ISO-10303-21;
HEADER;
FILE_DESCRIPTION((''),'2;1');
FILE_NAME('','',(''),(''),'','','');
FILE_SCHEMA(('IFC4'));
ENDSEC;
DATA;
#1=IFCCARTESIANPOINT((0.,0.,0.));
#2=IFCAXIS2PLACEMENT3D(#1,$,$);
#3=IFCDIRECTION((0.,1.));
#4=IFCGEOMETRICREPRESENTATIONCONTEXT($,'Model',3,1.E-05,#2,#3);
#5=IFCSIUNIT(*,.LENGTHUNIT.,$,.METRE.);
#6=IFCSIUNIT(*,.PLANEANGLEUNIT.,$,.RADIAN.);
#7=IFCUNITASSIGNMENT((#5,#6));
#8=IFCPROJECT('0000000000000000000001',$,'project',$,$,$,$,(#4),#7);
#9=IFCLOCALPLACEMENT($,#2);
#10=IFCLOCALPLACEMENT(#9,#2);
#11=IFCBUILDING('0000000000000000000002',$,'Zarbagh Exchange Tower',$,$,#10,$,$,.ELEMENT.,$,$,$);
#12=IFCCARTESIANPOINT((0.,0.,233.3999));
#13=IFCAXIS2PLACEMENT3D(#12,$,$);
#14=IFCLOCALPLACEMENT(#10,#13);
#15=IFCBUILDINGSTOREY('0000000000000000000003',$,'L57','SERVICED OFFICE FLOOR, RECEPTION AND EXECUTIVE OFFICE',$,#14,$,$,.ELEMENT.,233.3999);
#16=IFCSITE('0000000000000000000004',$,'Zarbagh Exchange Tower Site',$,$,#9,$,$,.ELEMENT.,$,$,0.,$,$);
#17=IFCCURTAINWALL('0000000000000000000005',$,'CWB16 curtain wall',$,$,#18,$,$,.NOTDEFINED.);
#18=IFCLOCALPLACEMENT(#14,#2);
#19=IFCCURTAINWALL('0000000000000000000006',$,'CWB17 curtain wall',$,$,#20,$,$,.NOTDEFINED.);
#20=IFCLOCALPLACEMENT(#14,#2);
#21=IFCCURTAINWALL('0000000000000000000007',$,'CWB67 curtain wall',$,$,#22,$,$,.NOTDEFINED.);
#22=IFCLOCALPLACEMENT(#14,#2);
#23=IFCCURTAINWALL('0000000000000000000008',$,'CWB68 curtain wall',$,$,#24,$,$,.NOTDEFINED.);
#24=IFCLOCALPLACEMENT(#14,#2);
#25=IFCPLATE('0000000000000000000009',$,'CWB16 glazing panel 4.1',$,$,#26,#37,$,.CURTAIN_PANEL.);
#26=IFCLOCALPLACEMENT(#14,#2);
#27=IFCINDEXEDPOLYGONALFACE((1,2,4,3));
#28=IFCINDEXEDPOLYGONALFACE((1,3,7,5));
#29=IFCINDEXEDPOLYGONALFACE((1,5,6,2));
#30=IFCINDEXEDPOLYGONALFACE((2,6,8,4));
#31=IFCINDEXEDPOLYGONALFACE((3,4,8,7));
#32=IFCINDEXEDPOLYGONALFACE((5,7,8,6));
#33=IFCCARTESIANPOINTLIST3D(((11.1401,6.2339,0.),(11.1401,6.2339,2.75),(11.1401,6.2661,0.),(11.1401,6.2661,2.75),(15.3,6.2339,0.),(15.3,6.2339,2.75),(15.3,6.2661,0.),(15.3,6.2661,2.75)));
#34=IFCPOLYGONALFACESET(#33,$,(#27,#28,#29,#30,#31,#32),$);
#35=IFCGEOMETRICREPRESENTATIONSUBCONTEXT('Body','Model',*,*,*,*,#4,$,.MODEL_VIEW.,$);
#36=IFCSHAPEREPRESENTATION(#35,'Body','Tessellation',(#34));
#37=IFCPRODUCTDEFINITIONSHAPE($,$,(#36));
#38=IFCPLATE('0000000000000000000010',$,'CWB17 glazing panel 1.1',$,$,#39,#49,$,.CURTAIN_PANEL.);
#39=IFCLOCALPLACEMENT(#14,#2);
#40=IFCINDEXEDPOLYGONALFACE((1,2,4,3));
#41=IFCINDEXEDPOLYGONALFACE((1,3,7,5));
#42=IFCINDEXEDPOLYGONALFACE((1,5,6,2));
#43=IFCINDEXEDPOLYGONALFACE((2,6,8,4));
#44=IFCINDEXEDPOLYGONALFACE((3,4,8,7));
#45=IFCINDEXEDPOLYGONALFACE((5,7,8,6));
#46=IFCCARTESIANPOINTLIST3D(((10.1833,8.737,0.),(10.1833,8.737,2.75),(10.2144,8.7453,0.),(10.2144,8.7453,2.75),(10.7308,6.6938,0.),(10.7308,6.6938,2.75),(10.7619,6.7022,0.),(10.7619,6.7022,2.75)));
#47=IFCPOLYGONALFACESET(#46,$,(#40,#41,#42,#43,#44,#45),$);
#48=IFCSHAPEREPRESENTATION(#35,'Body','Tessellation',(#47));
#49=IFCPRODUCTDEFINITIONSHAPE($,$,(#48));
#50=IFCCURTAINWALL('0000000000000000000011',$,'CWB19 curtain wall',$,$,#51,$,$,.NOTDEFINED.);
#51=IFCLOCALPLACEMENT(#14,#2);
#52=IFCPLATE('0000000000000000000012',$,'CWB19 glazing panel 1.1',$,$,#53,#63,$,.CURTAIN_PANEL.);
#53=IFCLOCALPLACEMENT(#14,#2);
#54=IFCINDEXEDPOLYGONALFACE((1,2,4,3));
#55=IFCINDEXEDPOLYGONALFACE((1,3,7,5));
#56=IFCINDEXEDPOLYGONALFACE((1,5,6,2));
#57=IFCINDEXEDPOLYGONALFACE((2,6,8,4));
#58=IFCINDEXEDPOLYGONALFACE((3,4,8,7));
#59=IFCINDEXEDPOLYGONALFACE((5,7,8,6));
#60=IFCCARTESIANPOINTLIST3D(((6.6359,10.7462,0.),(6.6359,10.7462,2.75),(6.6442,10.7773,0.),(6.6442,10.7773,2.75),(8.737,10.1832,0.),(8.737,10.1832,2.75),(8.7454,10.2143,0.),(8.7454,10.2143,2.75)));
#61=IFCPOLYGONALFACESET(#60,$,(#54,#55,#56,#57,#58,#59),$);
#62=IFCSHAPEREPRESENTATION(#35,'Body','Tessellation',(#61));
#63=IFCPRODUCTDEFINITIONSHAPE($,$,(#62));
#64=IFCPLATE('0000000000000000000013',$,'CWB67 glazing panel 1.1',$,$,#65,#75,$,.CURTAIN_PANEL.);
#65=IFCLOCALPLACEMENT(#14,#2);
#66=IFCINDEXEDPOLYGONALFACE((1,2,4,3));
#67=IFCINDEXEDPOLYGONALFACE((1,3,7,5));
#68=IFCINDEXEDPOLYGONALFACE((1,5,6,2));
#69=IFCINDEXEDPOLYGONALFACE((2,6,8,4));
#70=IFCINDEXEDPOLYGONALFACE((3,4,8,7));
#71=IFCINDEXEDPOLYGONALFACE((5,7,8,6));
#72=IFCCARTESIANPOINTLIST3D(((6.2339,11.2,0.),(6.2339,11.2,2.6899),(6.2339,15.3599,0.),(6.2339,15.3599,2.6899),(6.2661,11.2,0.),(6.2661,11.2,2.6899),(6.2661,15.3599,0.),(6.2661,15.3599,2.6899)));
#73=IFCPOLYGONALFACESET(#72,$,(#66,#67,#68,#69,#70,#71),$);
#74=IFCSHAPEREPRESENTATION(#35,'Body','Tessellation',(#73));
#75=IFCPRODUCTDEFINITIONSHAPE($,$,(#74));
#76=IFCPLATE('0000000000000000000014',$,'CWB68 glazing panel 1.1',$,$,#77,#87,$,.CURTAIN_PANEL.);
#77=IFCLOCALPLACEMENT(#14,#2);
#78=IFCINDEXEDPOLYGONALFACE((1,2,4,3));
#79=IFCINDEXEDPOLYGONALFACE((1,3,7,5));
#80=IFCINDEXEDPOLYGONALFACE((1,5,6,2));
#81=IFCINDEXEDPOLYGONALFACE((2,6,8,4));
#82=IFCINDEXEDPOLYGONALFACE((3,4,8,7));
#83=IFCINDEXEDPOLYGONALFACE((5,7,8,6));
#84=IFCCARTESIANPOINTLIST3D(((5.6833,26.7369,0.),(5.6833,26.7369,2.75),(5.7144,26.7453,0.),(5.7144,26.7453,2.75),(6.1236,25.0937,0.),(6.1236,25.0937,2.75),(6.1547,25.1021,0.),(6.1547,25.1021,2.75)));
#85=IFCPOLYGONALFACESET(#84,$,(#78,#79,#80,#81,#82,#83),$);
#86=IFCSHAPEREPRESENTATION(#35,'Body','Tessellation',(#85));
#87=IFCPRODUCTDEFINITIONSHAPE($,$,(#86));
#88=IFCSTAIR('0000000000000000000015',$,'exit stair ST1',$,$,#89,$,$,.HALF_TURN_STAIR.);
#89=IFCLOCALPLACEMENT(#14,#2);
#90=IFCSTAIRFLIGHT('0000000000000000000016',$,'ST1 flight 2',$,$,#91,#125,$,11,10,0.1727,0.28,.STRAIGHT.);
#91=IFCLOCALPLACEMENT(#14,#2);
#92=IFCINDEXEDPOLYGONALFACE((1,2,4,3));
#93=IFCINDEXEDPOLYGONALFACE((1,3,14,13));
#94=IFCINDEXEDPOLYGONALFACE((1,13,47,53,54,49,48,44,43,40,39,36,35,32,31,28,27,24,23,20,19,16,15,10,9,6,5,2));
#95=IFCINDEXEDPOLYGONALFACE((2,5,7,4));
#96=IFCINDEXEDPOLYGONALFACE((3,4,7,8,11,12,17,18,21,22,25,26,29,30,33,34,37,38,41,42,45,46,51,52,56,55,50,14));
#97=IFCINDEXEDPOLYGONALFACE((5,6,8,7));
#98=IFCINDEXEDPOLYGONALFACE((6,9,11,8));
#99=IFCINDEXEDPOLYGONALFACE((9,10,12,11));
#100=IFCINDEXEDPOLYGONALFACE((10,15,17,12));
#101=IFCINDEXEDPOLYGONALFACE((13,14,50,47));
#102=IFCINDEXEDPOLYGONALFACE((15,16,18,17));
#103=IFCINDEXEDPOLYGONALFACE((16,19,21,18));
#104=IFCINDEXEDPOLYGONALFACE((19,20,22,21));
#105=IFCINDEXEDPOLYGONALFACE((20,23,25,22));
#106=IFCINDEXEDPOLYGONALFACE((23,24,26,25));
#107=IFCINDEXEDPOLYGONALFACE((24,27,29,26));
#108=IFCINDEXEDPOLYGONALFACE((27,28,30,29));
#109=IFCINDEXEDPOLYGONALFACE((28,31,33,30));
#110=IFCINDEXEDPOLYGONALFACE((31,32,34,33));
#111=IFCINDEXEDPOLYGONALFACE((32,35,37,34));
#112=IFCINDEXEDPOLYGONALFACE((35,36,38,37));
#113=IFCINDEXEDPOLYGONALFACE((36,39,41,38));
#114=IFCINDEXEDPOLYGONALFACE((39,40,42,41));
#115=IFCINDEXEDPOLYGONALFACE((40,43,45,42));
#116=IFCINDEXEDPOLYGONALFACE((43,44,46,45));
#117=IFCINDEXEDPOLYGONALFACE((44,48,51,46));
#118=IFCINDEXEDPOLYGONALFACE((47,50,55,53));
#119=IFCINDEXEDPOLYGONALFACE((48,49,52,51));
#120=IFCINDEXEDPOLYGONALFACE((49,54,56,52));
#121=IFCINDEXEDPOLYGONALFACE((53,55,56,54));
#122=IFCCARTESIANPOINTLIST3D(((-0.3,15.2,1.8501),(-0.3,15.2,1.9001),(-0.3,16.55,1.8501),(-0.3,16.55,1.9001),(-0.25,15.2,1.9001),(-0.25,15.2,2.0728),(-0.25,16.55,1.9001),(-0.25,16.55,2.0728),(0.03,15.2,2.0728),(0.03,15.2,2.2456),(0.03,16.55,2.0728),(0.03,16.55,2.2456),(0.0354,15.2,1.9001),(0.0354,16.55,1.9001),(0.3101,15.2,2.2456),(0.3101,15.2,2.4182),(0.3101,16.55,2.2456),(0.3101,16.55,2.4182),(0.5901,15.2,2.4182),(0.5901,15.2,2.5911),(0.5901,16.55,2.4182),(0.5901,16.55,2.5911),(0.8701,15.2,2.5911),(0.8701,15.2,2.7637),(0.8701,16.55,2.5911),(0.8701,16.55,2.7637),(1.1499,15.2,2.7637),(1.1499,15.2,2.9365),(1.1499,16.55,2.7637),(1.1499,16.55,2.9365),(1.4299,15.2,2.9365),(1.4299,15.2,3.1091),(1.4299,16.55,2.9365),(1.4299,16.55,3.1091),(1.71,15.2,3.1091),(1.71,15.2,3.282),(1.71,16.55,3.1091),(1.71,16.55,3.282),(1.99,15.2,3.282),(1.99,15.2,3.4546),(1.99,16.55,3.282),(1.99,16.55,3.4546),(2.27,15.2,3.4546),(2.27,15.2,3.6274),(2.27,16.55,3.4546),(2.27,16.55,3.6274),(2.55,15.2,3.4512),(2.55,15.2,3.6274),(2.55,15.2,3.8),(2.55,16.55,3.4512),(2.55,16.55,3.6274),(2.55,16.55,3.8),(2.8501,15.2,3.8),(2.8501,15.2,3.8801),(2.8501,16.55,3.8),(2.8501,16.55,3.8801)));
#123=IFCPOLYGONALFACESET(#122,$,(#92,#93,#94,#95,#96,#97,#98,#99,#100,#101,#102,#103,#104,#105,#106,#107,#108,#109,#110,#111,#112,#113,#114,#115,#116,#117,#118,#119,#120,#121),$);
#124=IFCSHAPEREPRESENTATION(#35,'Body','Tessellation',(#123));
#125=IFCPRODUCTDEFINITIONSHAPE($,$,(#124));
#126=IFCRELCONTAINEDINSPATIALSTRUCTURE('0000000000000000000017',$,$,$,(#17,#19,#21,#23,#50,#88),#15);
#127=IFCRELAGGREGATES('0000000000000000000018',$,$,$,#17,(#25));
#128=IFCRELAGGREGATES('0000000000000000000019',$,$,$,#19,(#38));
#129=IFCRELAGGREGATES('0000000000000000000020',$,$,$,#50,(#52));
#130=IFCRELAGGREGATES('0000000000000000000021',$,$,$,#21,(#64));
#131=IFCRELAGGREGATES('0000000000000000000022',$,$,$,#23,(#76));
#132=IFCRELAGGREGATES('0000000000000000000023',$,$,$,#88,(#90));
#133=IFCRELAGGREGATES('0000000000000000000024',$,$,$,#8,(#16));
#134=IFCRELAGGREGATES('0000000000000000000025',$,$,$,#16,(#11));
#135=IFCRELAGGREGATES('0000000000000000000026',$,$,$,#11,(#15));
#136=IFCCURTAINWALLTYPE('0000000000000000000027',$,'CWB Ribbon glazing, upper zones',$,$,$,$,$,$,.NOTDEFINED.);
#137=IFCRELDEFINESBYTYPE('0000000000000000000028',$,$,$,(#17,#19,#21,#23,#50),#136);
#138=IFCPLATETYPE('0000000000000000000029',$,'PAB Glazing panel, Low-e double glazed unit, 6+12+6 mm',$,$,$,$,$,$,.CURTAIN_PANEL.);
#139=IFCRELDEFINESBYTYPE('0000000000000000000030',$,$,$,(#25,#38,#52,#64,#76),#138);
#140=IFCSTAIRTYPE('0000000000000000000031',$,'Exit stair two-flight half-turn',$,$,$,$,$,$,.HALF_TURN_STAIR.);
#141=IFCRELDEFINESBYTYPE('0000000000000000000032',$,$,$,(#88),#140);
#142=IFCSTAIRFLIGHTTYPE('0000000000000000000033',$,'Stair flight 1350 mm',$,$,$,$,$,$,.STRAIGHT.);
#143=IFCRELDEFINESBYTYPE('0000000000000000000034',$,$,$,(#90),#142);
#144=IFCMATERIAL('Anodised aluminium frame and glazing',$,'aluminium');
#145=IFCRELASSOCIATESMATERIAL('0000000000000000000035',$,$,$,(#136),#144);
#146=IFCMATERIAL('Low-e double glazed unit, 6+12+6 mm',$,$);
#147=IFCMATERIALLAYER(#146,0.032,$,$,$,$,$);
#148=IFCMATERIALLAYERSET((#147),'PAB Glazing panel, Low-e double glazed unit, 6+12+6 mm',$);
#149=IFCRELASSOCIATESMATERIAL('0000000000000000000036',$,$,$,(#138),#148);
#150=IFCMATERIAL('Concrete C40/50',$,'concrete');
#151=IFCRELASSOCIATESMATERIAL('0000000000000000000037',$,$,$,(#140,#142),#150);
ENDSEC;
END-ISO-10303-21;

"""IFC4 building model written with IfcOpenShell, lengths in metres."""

from ifc_helpers import new_model, si_unit, direction, frame, origin, place, context, subcontext, project, spatial, polyline, outline, extrude, source, transform, mapped, material, layer, layer_set, type_object, element, aggregate, save


model = new_model("IFC4")

# Units and contexts
model_context = context("Model", 3, precision=1e-05, world=origin(), true_north=direction((0.0, 1.0)))
body_context = subcontext(model_context, "Body", "Model", "MODEL_VIEW")
ifc_project = project(units=[si_unit("LENGTHUNIT", "METRE"), si_unit("PLANEANGLEUNIT", "RADIAN")], contexts=[model_context])

# Site, building, storey
site_placement = place(None, origin())
site = spatial("IfcSite", under=ifc_project, at=site_placement, Name="Zarbagh Exchange Tower Site", CompositionType="ELEMENT", RefElevation=0.0)
building_placement = place(site_placement, origin())
building = spatial("IfcBuilding", under=site, at=building_placement, Name="Zarbagh Exchange Tower", CompositionType="ELEMENT")
storey_placement = place(building_placement, frame((0.0, 0.0, 233.3999)))
storey = spatial("IfcBuildingStorey", under=building, at=storey_placement, Name="L57", Description="SERVICED OFFICE FLOOR, RECEPTION AND EXECUTIVE OFFICE", CompositionType="ELEMENT", Elevation=233.3999)

# Curtain wall
ifc_material_1 = material(Name="Anodised aluminium frame and glazing", Category="aluminium")
curtain_wall_type = type_object("IfcCurtainWallType", Name="CWB Ribbon glazing, upper zones", PredefinedType="NOTDEFINED", material=ifc_material_1)
curtain_wall_1_placement = place(storey_placement, origin())
curtain_wall_1 = element("IfcCurtainWall", 1, at=curtain_wall_1_placement, inside=storey, type_object=curtain_wall_type, Name="CWB16 curtain wall", PredefinedType="NOTDEFINED")
placement = place(storey_placement, origin())

# Curtain wall
curtain_wall_2_placement = place(storey_placement, origin())
curtain_wall_2 = element("IfcCurtainWall", 2, at=curtain_wall_2_placement, inside=storey, type_object=curtain_wall_type, Name="CWB17 curtain wall", PredefinedType="NOTDEFINED")

# Curtain wall
curtain_wall_3_placement = place(storey_placement, origin())
curtain_wall_3 = element("IfcCurtainWall", 3, at=curtain_wall_3_placement, inside=storey, type_object=curtain_wall_type, Name="CWB67 curtain wall", PredefinedType="NOTDEFINED")

# Curtain wall
curtain_wall_4_placement = place(storey_placement, origin())
curtain_wall_4 = element("IfcCurtainWall", 4, at=curtain_wall_4_placement, inside=storey, type_object=curtain_wall_type, Name="CWB68 curtain wall", PredefinedType="NOTDEFINED")

# Shared definitions
ifc_material_2 = material(Name="Low-e double glazed unit, 6+12+6 mm")
ifc_layer = layer(ifc_material_2, 0.032)
ifc_layer_set = layer_set([ifc_layer], Name="PAB Glazing panel, Low-e double glazed unit, 6+12+6 mm")
plate_type = type_object("IfcPlateType", Name="PAB Glazing panel, Low-e double glazed unit, 6+12+6 mm", PredefinedType="CURTAIN_PANEL", material=ifc_layer_set)

# Plates
shared_shape_1 = source(origin(), body_context, "Body", "SweptSolid", [
    extrude(outline(polyline([(0.0, -0.0161), (4.1599, -0.0161), (4.1599, 0.0161), (0.0, 0.0161), (0.0, -0.0161)])), origin(), (0.0, 0.0, 1.0), 2.75),
])
plate_1 = element("IfcPlate", 5, at=placement, type_object=plate_type, Name="CWB16 glazing panel 4.1", PredefinedType="CURTAIN_PANEL", context=body_context, shape_type="MappedRepresentation", body=[
    mapped(shared_shape_1, transform((15.3, 6.25, 0.0), x_axis=(-1.0, 0.0, 0.0), y_axis=(0.0, -1.0, 0.0), z_axis=(0.0, 0.0, 1.0))),
])
aggregate(curtain_wall_1, [plate_1])
shared_shape_2 = source(origin(), body_context, "Body", "SweptSolid", [
    extrude(outline(polyline([(0.0, -0.0161), (2.1152, -0.0161), (2.1152, 0.0161), (0.0, 0.0161), (0.0, -0.0161)])), origin(), (0.0, 0.0, 1.0), 2.75),
])
plate_2 = element("IfcPlate", 6, at=placement, type_object=plate_type, Name="CWB17 glazing panel 1.1", PredefinedType="CURTAIN_PANEL", context=body_context, shape_type="MappedRepresentation", body=[
    mapped(shared_shape_2, transform((10.7463, 6.698, 0.0), x_axis=(-0.258825, 0.965924, 0.0), y_axis=(-0.965924, -0.258825, 0.0), z_axis=(0.0, 0.0, 1.0))),
])
aggregate(curtain_wall_2, [plate_2])

# Curtain wall, plate
curtain_wall_5_placement = place(storey_placement, origin())
curtain_wall_5 = element("IfcCurtainWall", 7, at=curtain_wall_5_placement, inside=storey, type_object=curtain_wall_type, Name="CWB19 curtain wall", PredefinedType="NOTDEFINED")
shared_shape_3 = source(origin(), body_context, "Body", "SweptSolid", [
    extrude(outline(polyline([(0.0, -0.0161), (2.1753, -0.0161), (2.1753, 0.0161), (0.0, 0.0161), (0.0, -0.0161)])), origin(), (0.0, 0.0, 1.0), 2.75),
])
plate_3 = element("IfcPlate", 8, at=placement, type_object=plate_type, Name="CWB19 glazing panel 1.1", PredefinedType="CURTAIN_PANEL", context=body_context, shape_type="MappedRepresentation", body=[
    mapped(shared_shape_3, transform((8.7412, 10.1987, 0.0), x_axis=(-0.965924, 0.258825, 0.0), y_axis=(-0.258825, -0.965924, 0.0), z_axis=(0.0, 0.0, 1.0))),
])
aggregate(curtain_wall_5, [plate_3])

# Plates
shared_shape_4 = source(origin(), body_context, "Body", "SweptSolid", [
    extrude(outline(polyline([(0.0, -0.0161), (4.1599, -0.0161), (4.1599, 0.0161), (0.0, 0.0161), (0.0, -0.0161)])), origin(), (0.0, 0.0, 1.0), 2.6899),
])
plate_4 = element("IfcPlate", 9, at=placement, type_object=plate_type, Name="CWB67 glazing panel 1.1", PredefinedType="CURTAIN_PANEL", context=body_context, shape_type="MappedRepresentation", body=[
    mapped(shared_shape_4, transform((6.25, 11.2, 0.0), x_axis=(0.0, 1.0, 0.0), y_axis=(-1.0, 0.0, 0.0), z_axis=(0.0, 0.0, 1.0))),
])
aggregate(curtain_wall_3, [plate_4])
shared_shape_5 = source(origin(), body_context, "Body", "SweptSolid", [
    extrude(outline(polyline([(0.0, -0.0161), (1.7012, -0.0161), (1.7012, 0.0161), (0.0, 0.0161), (0.0, -0.0161)])), origin(), (0.0, 0.0, 1.0), 2.75),
])
plate_5 = element("IfcPlate", 10, at=placement, type_object=plate_type, Name="CWB68 glazing panel 1.1", PredefinedType="CURTAIN_PANEL", context=body_context, shape_type="MappedRepresentation", body=[
    mapped(shared_shape_5, transform((6.1392, 25.0979, 0.0), x_axis=(-0.258825, 0.965924, 0.0), y_axis=(-0.965924, -0.258825, 0.0), z_axis=(0.0, 0.0, 1.0))),
])
aggregate(curtain_wall_4, [plate_5])

# Stair, stair flight
ifc_material_3 = material(Name="Concrete C40/50", Category="concrete")
stair_type = type_object("IfcStairType", Name="Exit stair two-flight half-turn", PredefinedType="HALF_TURN_STAIR", material=ifc_material_3)
stair_placement = place(storey_placement, origin())
stair = element("IfcStair", 11, at=stair_placement, inside=storey, type_object=stair_type, Name="exit stair ST1", PredefinedType="HALF_TURN_STAIR")
stair_flight_type = type_object("IfcStairFlightType", Name="Stair flight 1350 mm", PredefinedType="STRAIGHT", material=ifc_material_3)
stair_flight_placement = place(storey_placement, frame((-0.25, 15.875, 1.9001), z_axis=(0.0, 0.0, 1.0), x_axis=(1.0, 0.0, 0.0)))
stair_flight = element("IfcStairFlight", 12, at=stair_flight_placement, type_object=stair_flight_type, Name="ST1 flight 2", NumberOfRisers=11, NumberOfTreads=10, PredefinedType="STRAIGHT", RiserHeight=0.1727, TreadLength=0.28, context=body_context, shape_type="SweptSolid", body=[
    extrude(outline(polyline([(-0.05, -0.05), (-0.05, 0.0), (0.0, 0.0), (0.0, 0.1726), (0.28, 0.1726), (0.28, 0.3455), (0.5601, 0.3455), (0.5601, 0.5181), (0.8401, 0.5181), (0.8401, 0.6909), (1.1201, 0.6909), (1.1201, 0.8635), (1.3999, 0.8635), (1.3999, 1.0364), (1.6799, 1.0364), (1.6799, 1.209), (1.96, 1.209), (1.96, 1.3818), (2.24, 1.3818), (2.24, 1.5544), (2.52, 1.5544), (2.52, 1.7273), (2.8, 1.7273), (2.8, 1.8999), (3.1001, 1.98), (3.1001, 1.8999), (2.8, 1.551), (0.2854, 0.0), (-0.05, -0.05)])), frame((0.0, 0.675, 0.0), z_axis=(0.0, -1.0, 0.0), x_axis=(1.0, 0.0, 0.0)), (0.0, 0.0, 1.0), 1.3501),
])
aggregate(stair, [stair_flight])

save(model, "model.ifc")
